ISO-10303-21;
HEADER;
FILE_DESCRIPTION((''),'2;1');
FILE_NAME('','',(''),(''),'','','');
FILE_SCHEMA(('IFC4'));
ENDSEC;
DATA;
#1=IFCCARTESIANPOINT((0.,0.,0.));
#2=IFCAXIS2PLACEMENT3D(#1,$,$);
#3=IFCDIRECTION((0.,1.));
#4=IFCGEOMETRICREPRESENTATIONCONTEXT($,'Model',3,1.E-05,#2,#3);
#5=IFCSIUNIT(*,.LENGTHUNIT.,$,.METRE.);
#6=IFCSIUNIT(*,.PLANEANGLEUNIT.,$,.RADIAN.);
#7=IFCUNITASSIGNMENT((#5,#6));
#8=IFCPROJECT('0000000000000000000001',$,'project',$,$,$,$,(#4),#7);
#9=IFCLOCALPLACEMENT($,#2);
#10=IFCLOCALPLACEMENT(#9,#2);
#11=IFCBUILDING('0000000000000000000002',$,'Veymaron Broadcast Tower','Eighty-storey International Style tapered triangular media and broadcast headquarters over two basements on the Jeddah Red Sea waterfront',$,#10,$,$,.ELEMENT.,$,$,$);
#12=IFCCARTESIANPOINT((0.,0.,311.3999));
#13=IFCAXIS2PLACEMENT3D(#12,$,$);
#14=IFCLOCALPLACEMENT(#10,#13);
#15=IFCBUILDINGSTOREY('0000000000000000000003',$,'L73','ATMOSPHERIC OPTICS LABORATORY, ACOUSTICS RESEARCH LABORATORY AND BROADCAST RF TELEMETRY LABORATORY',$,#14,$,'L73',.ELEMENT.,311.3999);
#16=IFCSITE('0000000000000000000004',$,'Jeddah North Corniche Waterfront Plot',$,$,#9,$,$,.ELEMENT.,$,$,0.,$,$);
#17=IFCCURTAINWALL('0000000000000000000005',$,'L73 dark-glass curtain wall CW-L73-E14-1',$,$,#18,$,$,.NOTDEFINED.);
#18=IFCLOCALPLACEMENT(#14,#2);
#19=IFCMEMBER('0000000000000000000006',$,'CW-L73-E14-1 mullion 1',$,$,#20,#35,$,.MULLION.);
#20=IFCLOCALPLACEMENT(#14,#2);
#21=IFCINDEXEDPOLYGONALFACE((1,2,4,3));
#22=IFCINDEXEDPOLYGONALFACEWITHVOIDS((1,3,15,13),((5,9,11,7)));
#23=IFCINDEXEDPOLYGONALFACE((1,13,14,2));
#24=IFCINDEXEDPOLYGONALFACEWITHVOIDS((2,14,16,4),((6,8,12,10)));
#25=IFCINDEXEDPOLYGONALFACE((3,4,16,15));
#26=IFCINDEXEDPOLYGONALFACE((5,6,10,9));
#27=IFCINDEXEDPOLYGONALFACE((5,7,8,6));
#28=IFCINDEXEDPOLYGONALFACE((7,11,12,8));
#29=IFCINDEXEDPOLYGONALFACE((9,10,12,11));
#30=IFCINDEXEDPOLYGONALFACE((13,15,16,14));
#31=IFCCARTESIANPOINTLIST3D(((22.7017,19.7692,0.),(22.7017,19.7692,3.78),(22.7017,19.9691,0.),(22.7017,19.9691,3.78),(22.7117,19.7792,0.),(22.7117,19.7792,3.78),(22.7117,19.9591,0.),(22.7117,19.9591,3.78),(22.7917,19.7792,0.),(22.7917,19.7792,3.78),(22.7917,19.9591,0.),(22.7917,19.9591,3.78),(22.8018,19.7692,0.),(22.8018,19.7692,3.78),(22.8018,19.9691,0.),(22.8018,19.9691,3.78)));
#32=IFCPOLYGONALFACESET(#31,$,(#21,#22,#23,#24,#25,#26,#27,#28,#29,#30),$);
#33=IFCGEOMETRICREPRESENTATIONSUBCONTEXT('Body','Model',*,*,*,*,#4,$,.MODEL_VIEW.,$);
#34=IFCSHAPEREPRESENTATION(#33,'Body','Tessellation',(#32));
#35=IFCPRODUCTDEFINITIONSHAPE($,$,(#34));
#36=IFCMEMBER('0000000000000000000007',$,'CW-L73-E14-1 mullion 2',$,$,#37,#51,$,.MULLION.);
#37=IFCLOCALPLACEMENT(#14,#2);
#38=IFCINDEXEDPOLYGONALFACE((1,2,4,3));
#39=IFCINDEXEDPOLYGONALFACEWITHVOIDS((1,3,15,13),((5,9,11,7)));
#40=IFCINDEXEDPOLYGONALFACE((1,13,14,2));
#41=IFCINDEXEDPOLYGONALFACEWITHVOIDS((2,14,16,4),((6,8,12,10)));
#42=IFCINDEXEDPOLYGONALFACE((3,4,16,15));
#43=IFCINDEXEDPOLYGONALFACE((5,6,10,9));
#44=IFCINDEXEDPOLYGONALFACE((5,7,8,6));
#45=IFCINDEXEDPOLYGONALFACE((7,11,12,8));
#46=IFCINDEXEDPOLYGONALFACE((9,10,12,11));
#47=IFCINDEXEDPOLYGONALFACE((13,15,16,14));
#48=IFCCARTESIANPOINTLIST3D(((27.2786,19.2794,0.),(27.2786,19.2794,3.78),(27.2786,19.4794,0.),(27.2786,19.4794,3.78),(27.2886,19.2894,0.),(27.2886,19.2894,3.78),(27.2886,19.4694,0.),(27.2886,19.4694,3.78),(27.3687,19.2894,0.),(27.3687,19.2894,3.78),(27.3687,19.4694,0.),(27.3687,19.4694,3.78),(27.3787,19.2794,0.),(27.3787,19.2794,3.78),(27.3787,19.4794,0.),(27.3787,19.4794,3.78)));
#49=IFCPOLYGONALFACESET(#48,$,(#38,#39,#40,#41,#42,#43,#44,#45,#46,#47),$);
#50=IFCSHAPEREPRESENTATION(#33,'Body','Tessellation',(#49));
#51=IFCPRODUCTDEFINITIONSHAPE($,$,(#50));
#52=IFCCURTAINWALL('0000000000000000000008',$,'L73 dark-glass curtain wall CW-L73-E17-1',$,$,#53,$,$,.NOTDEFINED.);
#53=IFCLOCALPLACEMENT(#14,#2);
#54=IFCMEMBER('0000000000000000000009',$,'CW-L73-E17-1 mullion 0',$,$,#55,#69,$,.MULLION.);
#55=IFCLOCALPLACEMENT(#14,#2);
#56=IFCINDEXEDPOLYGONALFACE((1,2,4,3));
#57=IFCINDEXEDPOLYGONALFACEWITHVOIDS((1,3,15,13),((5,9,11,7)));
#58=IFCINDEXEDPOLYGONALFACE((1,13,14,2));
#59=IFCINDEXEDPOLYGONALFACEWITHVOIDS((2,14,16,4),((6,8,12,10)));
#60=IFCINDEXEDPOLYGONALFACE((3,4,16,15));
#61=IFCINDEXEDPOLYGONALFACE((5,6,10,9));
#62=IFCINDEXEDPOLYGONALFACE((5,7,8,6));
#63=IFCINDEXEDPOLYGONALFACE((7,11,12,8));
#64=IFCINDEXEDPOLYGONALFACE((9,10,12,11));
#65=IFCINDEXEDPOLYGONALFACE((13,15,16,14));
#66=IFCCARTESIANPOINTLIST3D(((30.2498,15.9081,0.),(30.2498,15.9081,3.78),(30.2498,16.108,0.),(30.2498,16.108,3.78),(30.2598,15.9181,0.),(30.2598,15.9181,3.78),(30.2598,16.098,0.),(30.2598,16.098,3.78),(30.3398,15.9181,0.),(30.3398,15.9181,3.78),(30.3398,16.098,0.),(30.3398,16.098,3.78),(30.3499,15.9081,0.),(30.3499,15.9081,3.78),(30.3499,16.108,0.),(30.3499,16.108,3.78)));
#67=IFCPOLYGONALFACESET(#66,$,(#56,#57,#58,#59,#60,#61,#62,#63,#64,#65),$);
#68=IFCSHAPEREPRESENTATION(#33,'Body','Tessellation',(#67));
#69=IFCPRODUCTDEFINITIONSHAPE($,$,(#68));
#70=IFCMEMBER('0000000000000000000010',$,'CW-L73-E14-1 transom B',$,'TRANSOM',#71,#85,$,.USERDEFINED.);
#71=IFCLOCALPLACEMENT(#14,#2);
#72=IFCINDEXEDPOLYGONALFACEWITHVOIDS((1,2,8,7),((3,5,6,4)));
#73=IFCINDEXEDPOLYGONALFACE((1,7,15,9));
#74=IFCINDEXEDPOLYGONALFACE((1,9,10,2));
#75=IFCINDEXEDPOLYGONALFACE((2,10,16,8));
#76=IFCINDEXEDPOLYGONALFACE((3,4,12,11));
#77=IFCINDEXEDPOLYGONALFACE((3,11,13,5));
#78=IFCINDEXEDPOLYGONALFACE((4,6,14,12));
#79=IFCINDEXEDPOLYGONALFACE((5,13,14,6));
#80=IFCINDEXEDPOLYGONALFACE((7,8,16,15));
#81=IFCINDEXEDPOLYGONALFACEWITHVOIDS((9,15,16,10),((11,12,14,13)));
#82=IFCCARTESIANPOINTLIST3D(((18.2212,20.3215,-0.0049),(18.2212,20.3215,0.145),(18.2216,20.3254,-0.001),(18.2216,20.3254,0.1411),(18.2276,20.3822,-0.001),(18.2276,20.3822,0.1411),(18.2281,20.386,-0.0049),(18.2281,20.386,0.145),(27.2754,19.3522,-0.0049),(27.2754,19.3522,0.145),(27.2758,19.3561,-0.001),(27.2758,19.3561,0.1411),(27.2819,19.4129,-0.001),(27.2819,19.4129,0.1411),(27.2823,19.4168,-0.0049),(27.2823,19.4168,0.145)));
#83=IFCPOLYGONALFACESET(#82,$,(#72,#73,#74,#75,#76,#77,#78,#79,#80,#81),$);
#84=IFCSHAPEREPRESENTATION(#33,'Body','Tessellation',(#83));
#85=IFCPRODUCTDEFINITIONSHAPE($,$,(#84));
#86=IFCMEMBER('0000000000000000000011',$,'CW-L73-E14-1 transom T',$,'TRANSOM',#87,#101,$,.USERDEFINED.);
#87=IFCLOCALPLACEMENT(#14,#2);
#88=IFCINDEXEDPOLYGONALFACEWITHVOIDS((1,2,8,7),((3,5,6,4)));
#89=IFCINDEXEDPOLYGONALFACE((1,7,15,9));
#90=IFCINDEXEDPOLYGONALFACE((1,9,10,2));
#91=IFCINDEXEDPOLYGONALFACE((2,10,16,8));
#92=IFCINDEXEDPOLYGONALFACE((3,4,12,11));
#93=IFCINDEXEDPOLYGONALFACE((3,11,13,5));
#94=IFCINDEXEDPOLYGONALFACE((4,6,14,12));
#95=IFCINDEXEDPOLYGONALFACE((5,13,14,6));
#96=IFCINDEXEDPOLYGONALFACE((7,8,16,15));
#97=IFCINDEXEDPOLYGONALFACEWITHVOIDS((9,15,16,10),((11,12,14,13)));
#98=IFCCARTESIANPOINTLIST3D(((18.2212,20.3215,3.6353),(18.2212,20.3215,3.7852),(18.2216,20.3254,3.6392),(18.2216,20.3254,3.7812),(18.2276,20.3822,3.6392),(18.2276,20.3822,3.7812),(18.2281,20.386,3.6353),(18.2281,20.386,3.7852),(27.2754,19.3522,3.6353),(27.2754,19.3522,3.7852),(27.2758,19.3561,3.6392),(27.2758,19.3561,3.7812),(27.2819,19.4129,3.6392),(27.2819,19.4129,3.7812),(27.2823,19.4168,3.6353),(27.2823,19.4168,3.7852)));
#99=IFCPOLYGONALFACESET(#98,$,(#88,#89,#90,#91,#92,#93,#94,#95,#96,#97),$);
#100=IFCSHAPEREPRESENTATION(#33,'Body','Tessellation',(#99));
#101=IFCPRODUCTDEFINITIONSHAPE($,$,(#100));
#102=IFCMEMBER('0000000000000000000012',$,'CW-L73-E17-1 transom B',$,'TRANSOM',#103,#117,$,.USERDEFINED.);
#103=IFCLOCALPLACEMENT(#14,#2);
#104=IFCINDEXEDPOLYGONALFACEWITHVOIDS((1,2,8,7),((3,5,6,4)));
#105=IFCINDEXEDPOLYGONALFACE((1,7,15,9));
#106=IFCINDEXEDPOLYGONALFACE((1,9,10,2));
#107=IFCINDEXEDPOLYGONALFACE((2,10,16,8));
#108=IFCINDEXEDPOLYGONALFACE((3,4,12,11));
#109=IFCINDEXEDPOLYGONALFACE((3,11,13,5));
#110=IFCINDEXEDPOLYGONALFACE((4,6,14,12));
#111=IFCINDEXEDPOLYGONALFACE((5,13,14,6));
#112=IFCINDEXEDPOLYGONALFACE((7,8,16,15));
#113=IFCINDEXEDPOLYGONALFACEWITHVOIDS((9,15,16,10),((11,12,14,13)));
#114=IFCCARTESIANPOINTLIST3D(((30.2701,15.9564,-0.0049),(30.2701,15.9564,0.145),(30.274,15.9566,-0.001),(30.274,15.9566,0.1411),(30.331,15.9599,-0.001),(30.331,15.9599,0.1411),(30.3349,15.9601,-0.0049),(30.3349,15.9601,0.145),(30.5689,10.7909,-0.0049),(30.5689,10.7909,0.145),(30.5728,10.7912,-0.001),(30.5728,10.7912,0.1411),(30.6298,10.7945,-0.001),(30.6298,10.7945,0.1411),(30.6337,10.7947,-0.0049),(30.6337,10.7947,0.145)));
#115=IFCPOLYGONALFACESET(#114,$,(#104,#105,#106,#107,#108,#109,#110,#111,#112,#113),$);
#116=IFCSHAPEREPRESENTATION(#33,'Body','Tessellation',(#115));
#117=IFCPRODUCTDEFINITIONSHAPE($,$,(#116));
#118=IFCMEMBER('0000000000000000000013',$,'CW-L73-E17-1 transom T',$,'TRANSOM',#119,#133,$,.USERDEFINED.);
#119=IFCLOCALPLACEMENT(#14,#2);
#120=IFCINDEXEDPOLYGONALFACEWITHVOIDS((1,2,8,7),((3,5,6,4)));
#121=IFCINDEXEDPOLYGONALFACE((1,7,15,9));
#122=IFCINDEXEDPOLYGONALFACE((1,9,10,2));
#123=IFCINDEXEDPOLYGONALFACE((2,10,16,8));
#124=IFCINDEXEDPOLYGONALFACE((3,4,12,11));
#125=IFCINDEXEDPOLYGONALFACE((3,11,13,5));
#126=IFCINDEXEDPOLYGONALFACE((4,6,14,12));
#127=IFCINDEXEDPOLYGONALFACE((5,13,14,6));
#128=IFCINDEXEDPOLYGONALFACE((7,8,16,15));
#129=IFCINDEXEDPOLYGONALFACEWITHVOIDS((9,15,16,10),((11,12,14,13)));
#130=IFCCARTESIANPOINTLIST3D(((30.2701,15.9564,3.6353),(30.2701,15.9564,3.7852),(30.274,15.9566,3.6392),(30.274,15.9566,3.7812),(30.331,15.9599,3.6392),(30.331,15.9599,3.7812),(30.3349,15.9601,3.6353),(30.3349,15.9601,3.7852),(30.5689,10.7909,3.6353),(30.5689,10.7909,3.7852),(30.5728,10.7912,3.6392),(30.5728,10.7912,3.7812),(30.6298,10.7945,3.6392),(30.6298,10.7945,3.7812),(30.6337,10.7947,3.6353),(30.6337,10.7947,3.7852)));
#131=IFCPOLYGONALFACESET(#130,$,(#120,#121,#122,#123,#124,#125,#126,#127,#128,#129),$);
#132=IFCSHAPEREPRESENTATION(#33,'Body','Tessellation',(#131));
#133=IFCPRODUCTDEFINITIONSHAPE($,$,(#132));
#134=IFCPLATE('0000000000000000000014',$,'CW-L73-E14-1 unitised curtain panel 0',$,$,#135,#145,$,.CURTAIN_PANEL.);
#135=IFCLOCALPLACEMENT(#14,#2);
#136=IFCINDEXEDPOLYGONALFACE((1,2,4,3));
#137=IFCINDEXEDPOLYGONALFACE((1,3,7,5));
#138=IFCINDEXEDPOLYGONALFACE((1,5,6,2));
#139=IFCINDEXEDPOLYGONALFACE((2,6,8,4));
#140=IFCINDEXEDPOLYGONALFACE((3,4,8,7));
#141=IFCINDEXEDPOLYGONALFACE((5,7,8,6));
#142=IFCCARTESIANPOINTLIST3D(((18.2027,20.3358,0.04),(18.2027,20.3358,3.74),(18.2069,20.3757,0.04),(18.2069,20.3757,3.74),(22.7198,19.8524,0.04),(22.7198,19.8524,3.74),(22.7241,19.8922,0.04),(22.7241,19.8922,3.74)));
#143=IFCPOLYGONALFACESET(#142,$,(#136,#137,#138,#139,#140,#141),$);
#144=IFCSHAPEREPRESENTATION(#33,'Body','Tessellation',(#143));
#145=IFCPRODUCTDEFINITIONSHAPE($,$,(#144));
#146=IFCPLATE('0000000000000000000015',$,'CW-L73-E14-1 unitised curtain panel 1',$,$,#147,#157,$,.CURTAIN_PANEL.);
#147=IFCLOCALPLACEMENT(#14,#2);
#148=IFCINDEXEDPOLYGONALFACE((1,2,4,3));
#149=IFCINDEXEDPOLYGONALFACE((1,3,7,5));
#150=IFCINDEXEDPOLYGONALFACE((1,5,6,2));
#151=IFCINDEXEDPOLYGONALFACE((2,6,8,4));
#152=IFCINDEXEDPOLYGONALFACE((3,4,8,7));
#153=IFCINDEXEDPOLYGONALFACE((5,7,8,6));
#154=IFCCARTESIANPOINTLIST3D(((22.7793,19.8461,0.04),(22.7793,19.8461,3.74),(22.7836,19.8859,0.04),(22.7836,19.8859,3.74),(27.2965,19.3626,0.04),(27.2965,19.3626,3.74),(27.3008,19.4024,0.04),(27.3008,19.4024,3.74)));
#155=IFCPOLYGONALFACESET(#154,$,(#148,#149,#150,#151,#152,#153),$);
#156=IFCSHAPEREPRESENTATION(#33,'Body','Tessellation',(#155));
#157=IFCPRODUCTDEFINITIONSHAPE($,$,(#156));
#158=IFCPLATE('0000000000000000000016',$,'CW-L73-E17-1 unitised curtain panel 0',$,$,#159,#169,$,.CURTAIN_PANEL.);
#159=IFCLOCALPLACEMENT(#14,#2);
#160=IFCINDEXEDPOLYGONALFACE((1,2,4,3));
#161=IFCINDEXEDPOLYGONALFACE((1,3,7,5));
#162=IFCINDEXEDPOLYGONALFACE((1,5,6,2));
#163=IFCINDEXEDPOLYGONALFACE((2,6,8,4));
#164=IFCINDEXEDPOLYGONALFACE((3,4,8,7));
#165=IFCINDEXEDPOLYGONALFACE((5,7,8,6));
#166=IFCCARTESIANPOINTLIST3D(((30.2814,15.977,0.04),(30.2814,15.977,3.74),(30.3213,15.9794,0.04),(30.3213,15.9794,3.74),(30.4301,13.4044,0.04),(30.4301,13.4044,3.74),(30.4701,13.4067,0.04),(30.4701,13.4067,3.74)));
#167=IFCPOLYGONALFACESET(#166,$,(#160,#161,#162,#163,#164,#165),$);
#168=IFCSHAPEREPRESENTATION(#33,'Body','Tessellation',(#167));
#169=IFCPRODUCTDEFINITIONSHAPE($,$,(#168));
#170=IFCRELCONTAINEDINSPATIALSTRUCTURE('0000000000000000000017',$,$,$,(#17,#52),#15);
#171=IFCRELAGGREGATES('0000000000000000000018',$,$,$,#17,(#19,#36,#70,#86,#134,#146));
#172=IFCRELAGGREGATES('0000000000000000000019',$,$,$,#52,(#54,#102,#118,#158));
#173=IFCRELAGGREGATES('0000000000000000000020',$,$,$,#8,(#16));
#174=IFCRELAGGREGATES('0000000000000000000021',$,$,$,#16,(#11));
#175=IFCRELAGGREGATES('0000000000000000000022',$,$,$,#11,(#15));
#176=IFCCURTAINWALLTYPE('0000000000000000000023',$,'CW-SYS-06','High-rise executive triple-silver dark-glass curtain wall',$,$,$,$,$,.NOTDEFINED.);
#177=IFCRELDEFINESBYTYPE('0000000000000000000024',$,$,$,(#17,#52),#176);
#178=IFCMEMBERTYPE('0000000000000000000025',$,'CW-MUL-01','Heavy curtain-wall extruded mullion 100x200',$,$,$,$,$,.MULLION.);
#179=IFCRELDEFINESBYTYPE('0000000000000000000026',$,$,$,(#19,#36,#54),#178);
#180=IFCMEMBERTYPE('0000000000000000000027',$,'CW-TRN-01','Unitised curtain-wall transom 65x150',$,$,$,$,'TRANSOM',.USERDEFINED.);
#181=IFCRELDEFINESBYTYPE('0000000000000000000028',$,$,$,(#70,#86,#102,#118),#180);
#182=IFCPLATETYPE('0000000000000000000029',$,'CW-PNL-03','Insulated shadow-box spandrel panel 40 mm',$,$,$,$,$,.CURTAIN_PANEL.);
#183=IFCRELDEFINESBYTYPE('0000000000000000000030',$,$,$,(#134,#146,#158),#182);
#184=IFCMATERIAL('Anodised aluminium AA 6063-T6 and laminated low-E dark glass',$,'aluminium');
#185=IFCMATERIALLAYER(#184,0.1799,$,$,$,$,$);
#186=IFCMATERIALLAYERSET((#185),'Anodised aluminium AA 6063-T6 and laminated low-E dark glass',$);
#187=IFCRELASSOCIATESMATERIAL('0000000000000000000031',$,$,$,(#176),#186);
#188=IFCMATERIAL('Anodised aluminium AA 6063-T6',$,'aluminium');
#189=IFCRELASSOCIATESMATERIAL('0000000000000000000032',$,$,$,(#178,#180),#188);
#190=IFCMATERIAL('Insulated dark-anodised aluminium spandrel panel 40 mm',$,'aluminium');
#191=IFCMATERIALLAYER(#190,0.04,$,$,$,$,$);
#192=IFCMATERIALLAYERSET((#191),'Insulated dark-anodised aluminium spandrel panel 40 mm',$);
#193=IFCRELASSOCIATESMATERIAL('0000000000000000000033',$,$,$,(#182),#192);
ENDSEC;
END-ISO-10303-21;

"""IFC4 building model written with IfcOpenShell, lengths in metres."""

from ifc_helpers import new_model, si_unit, direction, frame, origin, origin_2d, place, context, subcontext, project, spatial, rectangle, hollow_rectangle, extrude, material, layer, layer_set, material_profile, profile_set, type_object, element, aggregate, save


model = new_model("IFC4")

# Units and contexts
model_context = context("Model", 3, precision=1e-05, world=origin(), true_north=direction((0.0, 1.0)))
body_context = subcontext(model_context, "Body", "Model", "MODEL_VIEW")
ifc_project = project(units=[si_unit("LENGTHUNIT", "METRE"), si_unit("PLANEANGLEUNIT", "RADIAN")], contexts=[model_context])

# Site, building, storey
site_placement = place(None, origin())
site = spatial("IfcSite", under=ifc_project, at=site_placement, Name="Jeddah North Corniche Waterfront Plot", CompositionType="ELEMENT", RefElevation=0.0)
building_placement = place(site_placement, origin())
building = spatial("IfcBuilding", under=site, at=building_placement, Name="Veymaron Broadcast Tower", Description="Eighty-storey International Style tapered triangular media and broadcast headquarters over two basements on the Jeddah Red Sea waterfront", CompositionType="ELEMENT")
storey_placement = place(building_placement, frame((0.0, 0.0, 311.3999)))
storey = spatial("IfcBuildingStorey", under=building, at=storey_placement, Name="L73", Description="ATMOSPHERIC OPTICS LABORATORY, ACOUSTICS RESEARCH LABORATORY AND BROADCAST RF TELEMETRY LABORATORY", LongName="L73", CompositionType="ELEMENT", Elevation=311.3999)

# Curtain wall, members
ifc_material_1 = material(Name="Anodised aluminium AA 6063-T6 and laminated low-E dark glass", Category="aluminium")
ifc_layer_1 = layer(ifc_material_1, 0.1799)
ifc_layer_set_1 = layer_set([ifc_layer_1], Name="Anodised aluminium AA 6063-T6 and laminated low-E dark glass")
curtain_wall_type = type_object("IfcCurtainWallType", Name="CW-SYS-06", Description="High-rise executive triple-silver dark-glass curtain wall", PredefinedType="NOTDEFINED", material=ifc_layer_set_1)
curtain_wall_1_placement = place(storey_placement, origin())
curtain_wall_1 = element("IfcCurtainWall", 1, at=curtain_wall_1_placement, inside=storey, type_object=curtain_wall_type, Name="L73 dark-glass curtain wall CW-L73-E14-1", PredefinedType="NOTDEFINED")
ifc_material_2 = material(Name="Anodised aluminium AA 6063-T6", Category="aluminium")
ifc_material_profile_1 = material_profile(ifc_material_2, hollow_rectangle(XDim=0.1001, YDim=0.2, WallThickness=0.01, at=origin_2d()), Name="RHS200X100X10")
ifc_profile_set_1 = profile_set([ifc_material_profile_1], Name="Anodised aluminium AA 6063-T6")
member_type_1 = type_object("IfcMemberType", Name="CW-MUL-01", Description="Heavy curtain-wall extruded mullion 100x200", PredefinedType="MULLION", material=ifc_profile_set_1)
member_1_placement = place(storey_placement, frame((22.7517, 19.8691, 0.0), z_axis=(0.0, 0.0, 1.0), x_axis=(1.0, 0.0, 0.0)))
member_1 = element("IfcMember", 2, at=member_1_placement, type_object=member_type_1, Name="CW-L73-E14-1 mullion 1", PredefinedType="MULLION", context=body_context, shape_type="SweptSolid", body=[
    extrude(hollow_rectangle(XDim=0.1001, YDim=0.2, WallThickness=0.01, at=origin_2d()), origin(), (0.0, 0.0, 1.0), 3.78),
])
member_2_placement = place(storey_placement, frame((27.3286, 19.3794, 0.0), z_axis=(0.0, 0.0, 1.0), x_axis=(1.0, 0.0, 0.0)))
member_2 = element("IfcMember", 3, at=member_2_placement, type_object=member_type_1, Name="CW-L73-E14-1 mullion 2", PredefinedType="MULLION", context=body_context, shape_type="SweptSolid", body=[
    extrude(hollow_rectangle(XDim=0.1001, YDim=0.2, WallThickness=0.01, at=origin_2d()), origin(), (0.0, 0.0, 1.0), 3.78),
])

# Curtain wall, member
curtain_wall_2_placement = place(storey_placement, origin())
curtain_wall_2 = element("IfcCurtainWall", 4, at=curtain_wall_2_placement, inside=storey, type_object=curtain_wall_type, Name="L73 dark-glass curtain wall CW-L73-E17-1", PredefinedType="NOTDEFINED")
member_3_placement = place(storey_placement, frame((30.2998, 16.0081, 0.0), z_axis=(0.0, 0.0, 1.0), x_axis=(1.0, 0.0, 0.0)))
member_3 = element("IfcMember", 5, at=member_3_placement, type_object=member_type_1, Name="CW-L73-E17-1 mullion 0", PredefinedType="MULLION", context=body_context, shape_type="SweptSolid", body=[
    extrude(hollow_rectangle(XDim=0.1001, YDim=0.2, WallThickness=0.01, at=origin_2d()), origin(), (0.0, 0.0, 1.0), 3.78),
])

# Members
ifc_material_profile_2 = material_profile(ifc_material_2, hollow_rectangle(XDim=0.0649, YDim=0.1499, WallThickness=0.0039, at=origin_2d()), Name="AL150X65X4")
ifc_profile_set_2 = profile_set([ifc_material_profile_2], Name="Anodised aluminium AA 6063-T6")
member_type_2 = type_object("IfcMemberType", Name="CW-TRN-01", Description="Unitised curtain-wall transom 65x150", ElementType="TRANSOM", PredefinedType="USERDEFINED", material=ifc_profile_set_2)
member_4_placement = place(storey_placement, frame((18.2246, 20.3538, 0.0701), z_axis=(0.994319, -0.10644, 0.0), x_axis=(0.10644, 0.994319, 0.0)))
member_4 = element("IfcMember", 6, at=member_4_placement, type_object=member_type_2, Name="CW-L73-E14-1 transom B", ObjectType="TRANSOM", PredefinedType="USERDEFINED", context=body_context, shape_type="SweptSolid", body=[
    extrude(hollow_rectangle(XDim=0.0649, YDim=0.1499, WallThickness=0.0039, at=origin_2d()), origin(), (0.0, 0.0, 1.0), 9.106),
])
member_5_placement = place(storey_placement, frame((18.2246, 20.3538, 3.7102), z_axis=(0.994319, -0.10644, 0.0), x_axis=(0.10644, 0.994319, 0.0)))
member_5 = element("IfcMember", 7, at=member_5_placement, type_object=member_type_2, Name="CW-L73-E14-1 transom T", ObjectType="TRANSOM", PredefinedType="USERDEFINED", context=body_context, shape_type="SweptSolid", body=[
    extrude(hollow_rectangle(XDim=0.0649, YDim=0.1499, WallThickness=0.0039, at=origin_2d()), origin(), (0.0, 0.0, 1.0), 9.106),
])
member_6_placement = place(storey_placement, frame((30.3025, 15.9583, 0.0701), z_axis=(0.057754, -0.998331, 0.0), x_axis=(0.998331, 0.057754, 0.0)))
member_6 = element("IfcMember", 8, at=member_6_placement, type_object=member_type_2, Name="CW-L73-E17-1 transom B", ObjectType="TRANSOM", PredefinedType="USERDEFINED", context=body_context, shape_type="SweptSolid", body=[
    extrude(hollow_rectangle(XDim=0.0649, YDim=0.1499, WallThickness=0.0039, at=origin_2d()), origin(), (0.0, 0.0, 1.0), 5.1741),
])
member_7_placement = place(storey_placement, frame((30.3025, 15.9583, 3.7102), z_axis=(0.057754, -0.998331, 0.0), x_axis=(0.998331, 0.057754, 0.0)))
member_7 = element("IfcMember", 9, at=member_7_placement, type_object=member_type_2, Name="CW-L73-E17-1 transom T", ObjectType="TRANSOM", PredefinedType="USERDEFINED", context=body_context, shape_type="SweptSolid", body=[
    extrude(hollow_rectangle(XDim=0.0649, YDim=0.1499, WallThickness=0.0039, at=origin_2d()), origin(), (0.0, 0.0, 1.0), 5.1741),
])

# Plates
ifc_material_3 = material(Name="Insulated dark-anodised aluminium spandrel panel 40 mm", Category="aluminium")
ifc_layer_2 = layer(ifc_material_3, 0.04)
ifc_layer_set_2 = layer_set([ifc_layer_2], Name="Insulated dark-anodised aluminium spandrel panel 40 mm")
plate_type = type_object("IfcPlateType", Name="CW-PNL-03", Description="Insulated shadow-box spandrel panel 40 mm", PredefinedType="CURTAIN_PANEL", material=ifc_layer_set_2)
plate_1_placement = place(storey_placement, frame((20.4634, 20.114, 0.04), z_axis=(0.0, 0.0, 1.0), x_axis=(0.994321, -0.10642, 0.0)))
plate_1 = element("IfcPlate", 10, at=plate_1_placement, type_object=plate_type, Name="CW-L73-E14-1 unitised curtain panel 0", PredefinedType="CURTAIN_PANEL", context=body_context, shape_type="SweptSolid", body=[
    extrude(rectangle(XDim=4.543, YDim=0.04, at=origin_2d()), origin(), (0.0, 0.0, 1.0), 3.7),
])
plate_2_placement = place(storey_placement, frame((25.04, 19.6243, 0.04), z_axis=(0.0, 0.0, 1.0), x_axis=(0.994321, -0.10642, 0.0)))
plate_2 = element("IfcPlate", 11, at=plate_2_placement, type_object=plate_type, Name="CW-L73-E14-1 unitised curtain panel 1", PredefinedType="CURTAIN_PANEL", context=body_context, shape_type="SweptSolid", body=[
    extrude(rectangle(XDim=4.543, YDim=0.04, at=origin_2d()), origin(), (0.0, 0.0, 1.0), 3.7),
])
aggregate(curtain_wall_1, [member_1, member_2, member_4, member_5, plate_1, plate_2])
plate_3_placement = place(storey_placement, frame((30.3757, 14.6919, 0.04), z_axis=(0.0, 0.0, 1.0), x_axis=(0.057721, -0.998333, 0.0)))
plate_3 = element("IfcPlate", 12, at=plate_3_placement, type_object=plate_type, Name="CW-L73-E17-1 unitised curtain panel 0", PredefinedType="CURTAIN_PANEL", context=body_context, shape_type="SweptSolid", body=[
    extrude(rectangle(XDim=2.5769, YDim=0.04, at=origin_2d()), origin(), (0.0, 0.0, 1.0), 3.7),
])
aggregate(curtain_wall_2, [member_3, member_6, member_7, plate_3])

save(model, "model.ifc")
